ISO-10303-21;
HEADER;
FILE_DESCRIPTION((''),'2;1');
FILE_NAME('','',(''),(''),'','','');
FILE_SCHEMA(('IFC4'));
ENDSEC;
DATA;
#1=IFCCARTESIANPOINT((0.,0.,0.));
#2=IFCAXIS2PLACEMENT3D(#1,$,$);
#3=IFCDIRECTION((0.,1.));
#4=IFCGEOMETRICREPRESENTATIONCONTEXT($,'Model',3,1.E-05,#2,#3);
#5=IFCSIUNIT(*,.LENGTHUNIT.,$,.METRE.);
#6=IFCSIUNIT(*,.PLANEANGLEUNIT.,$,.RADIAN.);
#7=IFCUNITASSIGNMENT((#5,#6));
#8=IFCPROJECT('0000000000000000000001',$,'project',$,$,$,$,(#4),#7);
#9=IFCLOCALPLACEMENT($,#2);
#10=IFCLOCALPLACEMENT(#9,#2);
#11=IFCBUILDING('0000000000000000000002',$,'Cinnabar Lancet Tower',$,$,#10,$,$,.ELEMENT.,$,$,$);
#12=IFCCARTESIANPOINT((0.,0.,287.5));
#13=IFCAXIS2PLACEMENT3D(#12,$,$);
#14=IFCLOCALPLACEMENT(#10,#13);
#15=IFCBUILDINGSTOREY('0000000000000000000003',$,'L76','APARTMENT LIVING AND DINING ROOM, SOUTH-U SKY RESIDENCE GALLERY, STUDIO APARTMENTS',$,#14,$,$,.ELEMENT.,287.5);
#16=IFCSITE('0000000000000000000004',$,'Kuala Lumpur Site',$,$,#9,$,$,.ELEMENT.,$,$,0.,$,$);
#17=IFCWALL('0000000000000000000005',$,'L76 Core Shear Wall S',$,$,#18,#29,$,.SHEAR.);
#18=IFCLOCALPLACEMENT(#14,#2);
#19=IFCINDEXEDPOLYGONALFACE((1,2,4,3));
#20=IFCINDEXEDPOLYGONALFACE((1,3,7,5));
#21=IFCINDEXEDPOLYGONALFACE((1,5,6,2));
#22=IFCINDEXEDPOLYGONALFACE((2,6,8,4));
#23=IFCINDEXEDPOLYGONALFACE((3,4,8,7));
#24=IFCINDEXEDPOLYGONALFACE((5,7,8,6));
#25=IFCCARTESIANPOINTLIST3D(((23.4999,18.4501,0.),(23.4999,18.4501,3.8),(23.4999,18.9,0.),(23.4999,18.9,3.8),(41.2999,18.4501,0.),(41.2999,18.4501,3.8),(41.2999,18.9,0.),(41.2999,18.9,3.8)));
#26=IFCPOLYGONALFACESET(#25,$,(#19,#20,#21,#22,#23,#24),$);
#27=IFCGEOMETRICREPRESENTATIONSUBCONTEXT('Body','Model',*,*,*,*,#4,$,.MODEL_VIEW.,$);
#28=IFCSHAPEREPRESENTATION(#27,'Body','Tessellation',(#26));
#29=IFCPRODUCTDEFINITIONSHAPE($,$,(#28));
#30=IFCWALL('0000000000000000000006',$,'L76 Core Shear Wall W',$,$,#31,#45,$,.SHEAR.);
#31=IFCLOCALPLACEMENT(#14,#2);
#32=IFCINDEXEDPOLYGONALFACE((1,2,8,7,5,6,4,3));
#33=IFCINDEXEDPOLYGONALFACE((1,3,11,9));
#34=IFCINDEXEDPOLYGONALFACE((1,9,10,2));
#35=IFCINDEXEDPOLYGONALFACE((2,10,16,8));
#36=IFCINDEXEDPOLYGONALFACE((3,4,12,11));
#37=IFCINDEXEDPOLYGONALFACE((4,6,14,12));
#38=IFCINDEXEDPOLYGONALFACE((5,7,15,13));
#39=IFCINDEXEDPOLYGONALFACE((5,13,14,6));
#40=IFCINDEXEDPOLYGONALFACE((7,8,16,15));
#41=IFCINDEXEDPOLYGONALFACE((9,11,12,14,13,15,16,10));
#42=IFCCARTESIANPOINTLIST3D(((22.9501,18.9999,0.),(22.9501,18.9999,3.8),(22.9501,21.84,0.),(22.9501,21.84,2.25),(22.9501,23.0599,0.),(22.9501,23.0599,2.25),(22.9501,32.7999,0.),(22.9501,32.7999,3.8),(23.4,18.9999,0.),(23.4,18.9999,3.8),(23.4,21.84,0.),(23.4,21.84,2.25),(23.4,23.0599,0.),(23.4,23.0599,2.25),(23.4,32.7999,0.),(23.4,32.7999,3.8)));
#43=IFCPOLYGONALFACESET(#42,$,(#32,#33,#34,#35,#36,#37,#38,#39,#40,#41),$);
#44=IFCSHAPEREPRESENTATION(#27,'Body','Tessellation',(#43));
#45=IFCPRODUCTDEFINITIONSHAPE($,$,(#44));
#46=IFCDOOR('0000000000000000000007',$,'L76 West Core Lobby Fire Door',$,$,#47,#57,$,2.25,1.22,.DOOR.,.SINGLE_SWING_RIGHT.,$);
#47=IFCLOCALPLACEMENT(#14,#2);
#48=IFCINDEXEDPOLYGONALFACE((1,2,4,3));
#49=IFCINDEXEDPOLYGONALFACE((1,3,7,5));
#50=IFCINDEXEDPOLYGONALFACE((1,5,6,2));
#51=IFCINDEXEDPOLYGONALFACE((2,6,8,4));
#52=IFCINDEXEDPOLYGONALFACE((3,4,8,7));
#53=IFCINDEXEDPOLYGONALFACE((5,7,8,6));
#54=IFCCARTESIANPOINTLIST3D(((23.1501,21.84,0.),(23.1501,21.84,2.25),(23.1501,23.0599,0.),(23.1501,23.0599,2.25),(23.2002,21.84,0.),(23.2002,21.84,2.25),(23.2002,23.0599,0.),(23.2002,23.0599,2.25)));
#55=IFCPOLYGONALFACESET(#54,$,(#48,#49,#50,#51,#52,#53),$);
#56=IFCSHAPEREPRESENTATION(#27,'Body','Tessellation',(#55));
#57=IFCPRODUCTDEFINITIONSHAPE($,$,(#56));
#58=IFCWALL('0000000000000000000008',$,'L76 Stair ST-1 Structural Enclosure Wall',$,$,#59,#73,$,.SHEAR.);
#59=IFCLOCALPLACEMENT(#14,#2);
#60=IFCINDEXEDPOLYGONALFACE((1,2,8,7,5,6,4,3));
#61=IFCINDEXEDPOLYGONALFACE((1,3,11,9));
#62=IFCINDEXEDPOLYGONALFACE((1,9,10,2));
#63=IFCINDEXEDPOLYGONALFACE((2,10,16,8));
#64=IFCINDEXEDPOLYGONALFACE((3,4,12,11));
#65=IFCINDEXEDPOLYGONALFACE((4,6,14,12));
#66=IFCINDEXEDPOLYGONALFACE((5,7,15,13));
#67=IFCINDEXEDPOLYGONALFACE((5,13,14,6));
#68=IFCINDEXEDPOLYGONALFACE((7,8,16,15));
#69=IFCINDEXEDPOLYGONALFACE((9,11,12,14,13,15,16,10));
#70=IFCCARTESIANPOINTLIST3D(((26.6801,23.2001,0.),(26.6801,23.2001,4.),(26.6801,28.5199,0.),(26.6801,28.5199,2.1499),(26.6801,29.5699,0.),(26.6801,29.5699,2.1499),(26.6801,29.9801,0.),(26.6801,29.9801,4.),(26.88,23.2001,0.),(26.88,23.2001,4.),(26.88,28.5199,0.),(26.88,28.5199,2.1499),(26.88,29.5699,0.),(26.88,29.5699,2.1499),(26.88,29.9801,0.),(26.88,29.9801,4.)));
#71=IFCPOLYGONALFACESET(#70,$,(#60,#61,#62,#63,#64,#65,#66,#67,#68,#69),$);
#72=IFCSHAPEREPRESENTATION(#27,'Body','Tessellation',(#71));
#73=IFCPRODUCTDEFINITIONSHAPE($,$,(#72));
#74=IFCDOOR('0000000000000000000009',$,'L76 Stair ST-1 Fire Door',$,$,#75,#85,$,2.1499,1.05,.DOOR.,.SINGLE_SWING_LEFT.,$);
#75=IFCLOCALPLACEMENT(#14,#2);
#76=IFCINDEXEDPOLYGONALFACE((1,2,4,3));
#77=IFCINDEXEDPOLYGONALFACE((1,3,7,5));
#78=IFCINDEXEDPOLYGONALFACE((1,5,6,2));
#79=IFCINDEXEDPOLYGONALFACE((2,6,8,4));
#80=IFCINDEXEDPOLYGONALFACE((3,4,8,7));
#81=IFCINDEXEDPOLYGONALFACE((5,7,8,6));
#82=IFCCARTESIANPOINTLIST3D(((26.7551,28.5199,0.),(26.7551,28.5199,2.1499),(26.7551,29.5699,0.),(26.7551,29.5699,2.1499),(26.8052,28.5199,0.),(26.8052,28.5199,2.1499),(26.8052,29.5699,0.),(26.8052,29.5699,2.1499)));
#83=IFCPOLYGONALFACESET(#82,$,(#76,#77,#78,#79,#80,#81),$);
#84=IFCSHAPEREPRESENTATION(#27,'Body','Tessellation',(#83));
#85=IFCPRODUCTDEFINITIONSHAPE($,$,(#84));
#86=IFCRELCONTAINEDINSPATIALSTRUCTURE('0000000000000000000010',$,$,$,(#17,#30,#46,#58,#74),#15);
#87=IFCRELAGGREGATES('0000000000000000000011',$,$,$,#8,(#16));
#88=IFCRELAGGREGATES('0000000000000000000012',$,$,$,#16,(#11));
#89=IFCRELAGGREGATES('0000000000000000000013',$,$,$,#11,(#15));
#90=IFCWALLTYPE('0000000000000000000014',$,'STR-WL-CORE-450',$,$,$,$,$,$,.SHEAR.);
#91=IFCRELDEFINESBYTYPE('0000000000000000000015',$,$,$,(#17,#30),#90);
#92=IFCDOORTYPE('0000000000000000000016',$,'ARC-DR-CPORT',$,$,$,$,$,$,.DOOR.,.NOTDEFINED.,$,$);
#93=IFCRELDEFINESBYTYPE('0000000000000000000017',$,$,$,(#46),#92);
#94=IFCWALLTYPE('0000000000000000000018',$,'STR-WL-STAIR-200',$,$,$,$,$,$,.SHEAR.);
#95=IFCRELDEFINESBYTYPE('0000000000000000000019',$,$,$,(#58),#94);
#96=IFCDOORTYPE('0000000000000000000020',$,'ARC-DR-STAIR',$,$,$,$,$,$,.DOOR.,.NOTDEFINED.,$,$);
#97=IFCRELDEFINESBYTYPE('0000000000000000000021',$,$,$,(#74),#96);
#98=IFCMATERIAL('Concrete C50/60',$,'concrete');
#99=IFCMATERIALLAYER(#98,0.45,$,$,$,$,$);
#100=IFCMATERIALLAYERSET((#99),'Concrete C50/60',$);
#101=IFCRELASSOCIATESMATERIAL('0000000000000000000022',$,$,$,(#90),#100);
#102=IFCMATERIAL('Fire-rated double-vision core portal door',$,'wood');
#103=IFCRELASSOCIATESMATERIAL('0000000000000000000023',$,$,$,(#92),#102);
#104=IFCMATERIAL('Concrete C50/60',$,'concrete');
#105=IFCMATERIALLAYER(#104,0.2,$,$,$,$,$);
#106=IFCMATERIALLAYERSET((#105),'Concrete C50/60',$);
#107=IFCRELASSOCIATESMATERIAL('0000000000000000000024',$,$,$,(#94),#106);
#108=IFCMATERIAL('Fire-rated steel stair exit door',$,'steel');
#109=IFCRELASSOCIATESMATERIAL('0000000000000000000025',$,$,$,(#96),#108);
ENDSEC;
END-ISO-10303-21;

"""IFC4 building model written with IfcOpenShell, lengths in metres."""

from ifc_helpers import new_model, si_unit, direction, frame, frame_2d, origin, place, context, subcontext, project, spatial, rectangle, extrude, material, layer, layer_set, type_object, element, fill, save


model = new_model("IFC4")

# Units and contexts
model_context = context("Model", 3, precision=1e-05, world=origin(), true_north=direction((0.0, 1.0)))
body_context = subcontext(model_context, "Body", "Model", "MODEL_VIEW")
ifc_project = project(units=[si_unit("LENGTHUNIT", "METRE"), si_unit("PLANEANGLEUNIT", "RADIAN")], contexts=[model_context])

# Site, building, storey
site_placement = place(None, origin())
site = spatial("IfcSite", under=ifc_project, at=site_placement, Name="Kuala Lumpur Site", CompositionType="ELEMENT", RefElevation=0.0)
building_placement = place(site_placement, origin())
building = spatial("IfcBuilding", under=site, at=building_placement, Name="Cinnabar Lancet Tower", CompositionType="ELEMENT")
storey_placement = place(building_placement, frame((0.0, 0.0, 287.5)))
storey = spatial("IfcBuildingStorey", under=building, at=storey_placement, Name="L76", Description="APARTMENT LIVING AND DINING ROOM, SOUTH-U SKY RESIDENCE GALLERY, STUDIO APARTMENTS", CompositionType="ELEMENT", Elevation=287.5)

# Wall
ifc_material_1 = material(Name="Concrete C50/60", Category="concrete")
ifc_layer_1 = layer(ifc_material_1, 0.45)
ifc_layer_set_1 = layer_set([ifc_layer_1], Name="Concrete C50/60")
wall_type_1 = type_object("IfcWallType", Name="STR-WL-CORE-450", PredefinedType="SHEAR", material=ifc_layer_set_1)
wall_1_placement = place(storey_placement, frame((23.5, 18.675, 0.0), z_axis=(0.0, 0.0, 1.0), x_axis=(1.0, 0.0, 0.0)))
element("IfcWall", 1, at=wall_1_placement, inside=storey, type_object=wall_type_1, Name="L76 Core Shear Wall S", PredefinedType="SHEAR", context=body_context, shape_type="SweptSolid", body=[
    extrude(rectangle(XDim=17.8, YDim=0.45, at=frame_2d((8.8999, 0.0))), origin(), (0.0, 0.0, 1.0), 3.8),
])

# Walls, openings, doors
wall_2_placement = place(storey_placement, frame((23.175, 19.0, 0.0), z_axis=(0.0, 0.0, 1.0), x_axis=(0.0, 1.0, 0.0)))
wall_2 = element("IfcWall", 2, at=wall_2_placement, inside=storey, type_object=wall_type_1, Name="L76 Core Shear Wall W", PredefinedType="SHEAR", context=body_context, shape_type="SweptSolid", body=[
    extrude(rectangle(XDim=13.8, YDim=0.45, at=frame_2d((6.8999, 0.0))), origin(), (0.0, 0.0, 1.0), 3.8),
])
opening_1_placement = place(wall_2_placement, frame((2.8401, 0.0, 0.0)))
opening_1 = element("IfcOpeningElement", 3, at=opening_1_placement, cuts=wall_2, PredefinedType="OPENING", context=body_context, shape_type="SweptSolid", body=[
    extrude(rectangle(XDim=1.22, YDim=2.25, at=frame_2d((0.6099, 1.125))), frame((0.0, 0.2349, 0.0), z_axis=(0.0, -1.0, 0.0), x_axis=(1.0, 0.0, 0.0)), (0.0, 0.0, 1.0), 0.47),
])
ifc_material_2 = material(Name="Fire-rated double-vision core portal door", Category="wood")
door_type_1 = type_object("IfcDoorType", Name="ARC-DR-CPORT", OperationType="NOTDEFINED", PredefinedType="DOOR", material=ifc_material_2)
door_1_placement = place(opening_1_placement, origin())
door_1 = element("IfcDoor", 4, at=door_1_placement, inside=storey, type_object=door_type_1, Name="L76 West Core Lobby Fire Door", OperationType="SINGLE_SWING_RIGHT", OverallHeight=2.25, OverallWidth=1.22, PredefinedType="DOOR", context=body_context, shape_type="SweptSolid", body=[
    extrude(rectangle(XDim=1.22, YDim=2.25, at=frame_2d((0.6099, 1.125))), frame((0.0, 0.0249, 0.0), z_axis=(0.0, -1.0, 0.0), x_axis=(1.0, 0.0, 0.0)), (0.0, 0.0, 1.0), 0.05),
])
fill(opening_1, door_1)
ifc_material_3 = material(Name="Concrete C50/60", Category="concrete")
ifc_layer_2 = layer(ifc_material_3, 0.2)
ifc_layer_set_2 = layer_set([ifc_layer_2], Name="Concrete C50/60")
wall_type_2 = type_object("IfcWallType", Name="STR-WL-STAIR-200", PredefinedType="SHEAR", material=ifc_layer_set_2)
wall_3_placement = place(storey_placement, frame((26.78, 23.2, 0.0), z_axis=(0.0, 0.0, 1.0), x_axis=(0.0, 1.0, 0.0)))
wall_3 = element("IfcWall", 5, at=wall_3_placement, inside=storey, type_object=wall_type_2, Name="L76 Stair ST-1 Structural Enclosure Wall", PredefinedType="SHEAR", context=body_context, shape_type="SweptSolid", body=[
    extrude(rectangle(XDim=6.78, YDim=0.2, at=frame_2d((3.3901, 0.0))), origin(), (0.0, 0.0, 1.0), 4.0),
])
opening_2_placement = place(wall_3_placement, frame((5.3201, 0.0, 0.0)))
opening_2 = element("IfcOpeningElement", 6, at=opening_2_placement, cuts=wall_3, PredefinedType="OPENING", context=body_context, shape_type="SweptSolid", body=[
    extrude(rectangle(XDim=1.05, YDim=2.1499, at=frame_2d((0.5249, 1.075))), frame((0.0, 0.1099, 0.0), z_axis=(0.0, -1.0, 0.0), x_axis=(1.0, 0.0, 0.0)), (0.0, 0.0, 1.0), 0.22),
])
ifc_material_4 = material(Name="Fire-rated steel stair exit door", Category="steel")
door_type_2 = type_object("IfcDoorType", Name="ARC-DR-STAIR", OperationType="NOTDEFINED", PredefinedType="DOOR", material=ifc_material_4)
door_2_placement = place(opening_2_placement, origin())
door_2 = element("IfcDoor", 7, at=door_2_placement, inside=storey, type_object=door_type_2, Name="L76 Stair ST-1 Fire Door", OperationType="SINGLE_SWING_LEFT", OverallHeight=2.1499, OverallWidth=1.05, PredefinedType="DOOR", context=body_context, shape_type="SweptSolid", body=[
    extrude(rectangle(XDim=1.05, YDim=2.1499, at=frame_2d((0.5249, 1.075))), frame((0.0, 0.0249, 0.0), z_axis=(0.0, -1.0, 0.0), x_axis=(1.0, 0.0, 0.0)), (0.0, 0.0, 1.0), 0.05),
])
fill(opening_2, door_2)

save(model, "model.ifc")
